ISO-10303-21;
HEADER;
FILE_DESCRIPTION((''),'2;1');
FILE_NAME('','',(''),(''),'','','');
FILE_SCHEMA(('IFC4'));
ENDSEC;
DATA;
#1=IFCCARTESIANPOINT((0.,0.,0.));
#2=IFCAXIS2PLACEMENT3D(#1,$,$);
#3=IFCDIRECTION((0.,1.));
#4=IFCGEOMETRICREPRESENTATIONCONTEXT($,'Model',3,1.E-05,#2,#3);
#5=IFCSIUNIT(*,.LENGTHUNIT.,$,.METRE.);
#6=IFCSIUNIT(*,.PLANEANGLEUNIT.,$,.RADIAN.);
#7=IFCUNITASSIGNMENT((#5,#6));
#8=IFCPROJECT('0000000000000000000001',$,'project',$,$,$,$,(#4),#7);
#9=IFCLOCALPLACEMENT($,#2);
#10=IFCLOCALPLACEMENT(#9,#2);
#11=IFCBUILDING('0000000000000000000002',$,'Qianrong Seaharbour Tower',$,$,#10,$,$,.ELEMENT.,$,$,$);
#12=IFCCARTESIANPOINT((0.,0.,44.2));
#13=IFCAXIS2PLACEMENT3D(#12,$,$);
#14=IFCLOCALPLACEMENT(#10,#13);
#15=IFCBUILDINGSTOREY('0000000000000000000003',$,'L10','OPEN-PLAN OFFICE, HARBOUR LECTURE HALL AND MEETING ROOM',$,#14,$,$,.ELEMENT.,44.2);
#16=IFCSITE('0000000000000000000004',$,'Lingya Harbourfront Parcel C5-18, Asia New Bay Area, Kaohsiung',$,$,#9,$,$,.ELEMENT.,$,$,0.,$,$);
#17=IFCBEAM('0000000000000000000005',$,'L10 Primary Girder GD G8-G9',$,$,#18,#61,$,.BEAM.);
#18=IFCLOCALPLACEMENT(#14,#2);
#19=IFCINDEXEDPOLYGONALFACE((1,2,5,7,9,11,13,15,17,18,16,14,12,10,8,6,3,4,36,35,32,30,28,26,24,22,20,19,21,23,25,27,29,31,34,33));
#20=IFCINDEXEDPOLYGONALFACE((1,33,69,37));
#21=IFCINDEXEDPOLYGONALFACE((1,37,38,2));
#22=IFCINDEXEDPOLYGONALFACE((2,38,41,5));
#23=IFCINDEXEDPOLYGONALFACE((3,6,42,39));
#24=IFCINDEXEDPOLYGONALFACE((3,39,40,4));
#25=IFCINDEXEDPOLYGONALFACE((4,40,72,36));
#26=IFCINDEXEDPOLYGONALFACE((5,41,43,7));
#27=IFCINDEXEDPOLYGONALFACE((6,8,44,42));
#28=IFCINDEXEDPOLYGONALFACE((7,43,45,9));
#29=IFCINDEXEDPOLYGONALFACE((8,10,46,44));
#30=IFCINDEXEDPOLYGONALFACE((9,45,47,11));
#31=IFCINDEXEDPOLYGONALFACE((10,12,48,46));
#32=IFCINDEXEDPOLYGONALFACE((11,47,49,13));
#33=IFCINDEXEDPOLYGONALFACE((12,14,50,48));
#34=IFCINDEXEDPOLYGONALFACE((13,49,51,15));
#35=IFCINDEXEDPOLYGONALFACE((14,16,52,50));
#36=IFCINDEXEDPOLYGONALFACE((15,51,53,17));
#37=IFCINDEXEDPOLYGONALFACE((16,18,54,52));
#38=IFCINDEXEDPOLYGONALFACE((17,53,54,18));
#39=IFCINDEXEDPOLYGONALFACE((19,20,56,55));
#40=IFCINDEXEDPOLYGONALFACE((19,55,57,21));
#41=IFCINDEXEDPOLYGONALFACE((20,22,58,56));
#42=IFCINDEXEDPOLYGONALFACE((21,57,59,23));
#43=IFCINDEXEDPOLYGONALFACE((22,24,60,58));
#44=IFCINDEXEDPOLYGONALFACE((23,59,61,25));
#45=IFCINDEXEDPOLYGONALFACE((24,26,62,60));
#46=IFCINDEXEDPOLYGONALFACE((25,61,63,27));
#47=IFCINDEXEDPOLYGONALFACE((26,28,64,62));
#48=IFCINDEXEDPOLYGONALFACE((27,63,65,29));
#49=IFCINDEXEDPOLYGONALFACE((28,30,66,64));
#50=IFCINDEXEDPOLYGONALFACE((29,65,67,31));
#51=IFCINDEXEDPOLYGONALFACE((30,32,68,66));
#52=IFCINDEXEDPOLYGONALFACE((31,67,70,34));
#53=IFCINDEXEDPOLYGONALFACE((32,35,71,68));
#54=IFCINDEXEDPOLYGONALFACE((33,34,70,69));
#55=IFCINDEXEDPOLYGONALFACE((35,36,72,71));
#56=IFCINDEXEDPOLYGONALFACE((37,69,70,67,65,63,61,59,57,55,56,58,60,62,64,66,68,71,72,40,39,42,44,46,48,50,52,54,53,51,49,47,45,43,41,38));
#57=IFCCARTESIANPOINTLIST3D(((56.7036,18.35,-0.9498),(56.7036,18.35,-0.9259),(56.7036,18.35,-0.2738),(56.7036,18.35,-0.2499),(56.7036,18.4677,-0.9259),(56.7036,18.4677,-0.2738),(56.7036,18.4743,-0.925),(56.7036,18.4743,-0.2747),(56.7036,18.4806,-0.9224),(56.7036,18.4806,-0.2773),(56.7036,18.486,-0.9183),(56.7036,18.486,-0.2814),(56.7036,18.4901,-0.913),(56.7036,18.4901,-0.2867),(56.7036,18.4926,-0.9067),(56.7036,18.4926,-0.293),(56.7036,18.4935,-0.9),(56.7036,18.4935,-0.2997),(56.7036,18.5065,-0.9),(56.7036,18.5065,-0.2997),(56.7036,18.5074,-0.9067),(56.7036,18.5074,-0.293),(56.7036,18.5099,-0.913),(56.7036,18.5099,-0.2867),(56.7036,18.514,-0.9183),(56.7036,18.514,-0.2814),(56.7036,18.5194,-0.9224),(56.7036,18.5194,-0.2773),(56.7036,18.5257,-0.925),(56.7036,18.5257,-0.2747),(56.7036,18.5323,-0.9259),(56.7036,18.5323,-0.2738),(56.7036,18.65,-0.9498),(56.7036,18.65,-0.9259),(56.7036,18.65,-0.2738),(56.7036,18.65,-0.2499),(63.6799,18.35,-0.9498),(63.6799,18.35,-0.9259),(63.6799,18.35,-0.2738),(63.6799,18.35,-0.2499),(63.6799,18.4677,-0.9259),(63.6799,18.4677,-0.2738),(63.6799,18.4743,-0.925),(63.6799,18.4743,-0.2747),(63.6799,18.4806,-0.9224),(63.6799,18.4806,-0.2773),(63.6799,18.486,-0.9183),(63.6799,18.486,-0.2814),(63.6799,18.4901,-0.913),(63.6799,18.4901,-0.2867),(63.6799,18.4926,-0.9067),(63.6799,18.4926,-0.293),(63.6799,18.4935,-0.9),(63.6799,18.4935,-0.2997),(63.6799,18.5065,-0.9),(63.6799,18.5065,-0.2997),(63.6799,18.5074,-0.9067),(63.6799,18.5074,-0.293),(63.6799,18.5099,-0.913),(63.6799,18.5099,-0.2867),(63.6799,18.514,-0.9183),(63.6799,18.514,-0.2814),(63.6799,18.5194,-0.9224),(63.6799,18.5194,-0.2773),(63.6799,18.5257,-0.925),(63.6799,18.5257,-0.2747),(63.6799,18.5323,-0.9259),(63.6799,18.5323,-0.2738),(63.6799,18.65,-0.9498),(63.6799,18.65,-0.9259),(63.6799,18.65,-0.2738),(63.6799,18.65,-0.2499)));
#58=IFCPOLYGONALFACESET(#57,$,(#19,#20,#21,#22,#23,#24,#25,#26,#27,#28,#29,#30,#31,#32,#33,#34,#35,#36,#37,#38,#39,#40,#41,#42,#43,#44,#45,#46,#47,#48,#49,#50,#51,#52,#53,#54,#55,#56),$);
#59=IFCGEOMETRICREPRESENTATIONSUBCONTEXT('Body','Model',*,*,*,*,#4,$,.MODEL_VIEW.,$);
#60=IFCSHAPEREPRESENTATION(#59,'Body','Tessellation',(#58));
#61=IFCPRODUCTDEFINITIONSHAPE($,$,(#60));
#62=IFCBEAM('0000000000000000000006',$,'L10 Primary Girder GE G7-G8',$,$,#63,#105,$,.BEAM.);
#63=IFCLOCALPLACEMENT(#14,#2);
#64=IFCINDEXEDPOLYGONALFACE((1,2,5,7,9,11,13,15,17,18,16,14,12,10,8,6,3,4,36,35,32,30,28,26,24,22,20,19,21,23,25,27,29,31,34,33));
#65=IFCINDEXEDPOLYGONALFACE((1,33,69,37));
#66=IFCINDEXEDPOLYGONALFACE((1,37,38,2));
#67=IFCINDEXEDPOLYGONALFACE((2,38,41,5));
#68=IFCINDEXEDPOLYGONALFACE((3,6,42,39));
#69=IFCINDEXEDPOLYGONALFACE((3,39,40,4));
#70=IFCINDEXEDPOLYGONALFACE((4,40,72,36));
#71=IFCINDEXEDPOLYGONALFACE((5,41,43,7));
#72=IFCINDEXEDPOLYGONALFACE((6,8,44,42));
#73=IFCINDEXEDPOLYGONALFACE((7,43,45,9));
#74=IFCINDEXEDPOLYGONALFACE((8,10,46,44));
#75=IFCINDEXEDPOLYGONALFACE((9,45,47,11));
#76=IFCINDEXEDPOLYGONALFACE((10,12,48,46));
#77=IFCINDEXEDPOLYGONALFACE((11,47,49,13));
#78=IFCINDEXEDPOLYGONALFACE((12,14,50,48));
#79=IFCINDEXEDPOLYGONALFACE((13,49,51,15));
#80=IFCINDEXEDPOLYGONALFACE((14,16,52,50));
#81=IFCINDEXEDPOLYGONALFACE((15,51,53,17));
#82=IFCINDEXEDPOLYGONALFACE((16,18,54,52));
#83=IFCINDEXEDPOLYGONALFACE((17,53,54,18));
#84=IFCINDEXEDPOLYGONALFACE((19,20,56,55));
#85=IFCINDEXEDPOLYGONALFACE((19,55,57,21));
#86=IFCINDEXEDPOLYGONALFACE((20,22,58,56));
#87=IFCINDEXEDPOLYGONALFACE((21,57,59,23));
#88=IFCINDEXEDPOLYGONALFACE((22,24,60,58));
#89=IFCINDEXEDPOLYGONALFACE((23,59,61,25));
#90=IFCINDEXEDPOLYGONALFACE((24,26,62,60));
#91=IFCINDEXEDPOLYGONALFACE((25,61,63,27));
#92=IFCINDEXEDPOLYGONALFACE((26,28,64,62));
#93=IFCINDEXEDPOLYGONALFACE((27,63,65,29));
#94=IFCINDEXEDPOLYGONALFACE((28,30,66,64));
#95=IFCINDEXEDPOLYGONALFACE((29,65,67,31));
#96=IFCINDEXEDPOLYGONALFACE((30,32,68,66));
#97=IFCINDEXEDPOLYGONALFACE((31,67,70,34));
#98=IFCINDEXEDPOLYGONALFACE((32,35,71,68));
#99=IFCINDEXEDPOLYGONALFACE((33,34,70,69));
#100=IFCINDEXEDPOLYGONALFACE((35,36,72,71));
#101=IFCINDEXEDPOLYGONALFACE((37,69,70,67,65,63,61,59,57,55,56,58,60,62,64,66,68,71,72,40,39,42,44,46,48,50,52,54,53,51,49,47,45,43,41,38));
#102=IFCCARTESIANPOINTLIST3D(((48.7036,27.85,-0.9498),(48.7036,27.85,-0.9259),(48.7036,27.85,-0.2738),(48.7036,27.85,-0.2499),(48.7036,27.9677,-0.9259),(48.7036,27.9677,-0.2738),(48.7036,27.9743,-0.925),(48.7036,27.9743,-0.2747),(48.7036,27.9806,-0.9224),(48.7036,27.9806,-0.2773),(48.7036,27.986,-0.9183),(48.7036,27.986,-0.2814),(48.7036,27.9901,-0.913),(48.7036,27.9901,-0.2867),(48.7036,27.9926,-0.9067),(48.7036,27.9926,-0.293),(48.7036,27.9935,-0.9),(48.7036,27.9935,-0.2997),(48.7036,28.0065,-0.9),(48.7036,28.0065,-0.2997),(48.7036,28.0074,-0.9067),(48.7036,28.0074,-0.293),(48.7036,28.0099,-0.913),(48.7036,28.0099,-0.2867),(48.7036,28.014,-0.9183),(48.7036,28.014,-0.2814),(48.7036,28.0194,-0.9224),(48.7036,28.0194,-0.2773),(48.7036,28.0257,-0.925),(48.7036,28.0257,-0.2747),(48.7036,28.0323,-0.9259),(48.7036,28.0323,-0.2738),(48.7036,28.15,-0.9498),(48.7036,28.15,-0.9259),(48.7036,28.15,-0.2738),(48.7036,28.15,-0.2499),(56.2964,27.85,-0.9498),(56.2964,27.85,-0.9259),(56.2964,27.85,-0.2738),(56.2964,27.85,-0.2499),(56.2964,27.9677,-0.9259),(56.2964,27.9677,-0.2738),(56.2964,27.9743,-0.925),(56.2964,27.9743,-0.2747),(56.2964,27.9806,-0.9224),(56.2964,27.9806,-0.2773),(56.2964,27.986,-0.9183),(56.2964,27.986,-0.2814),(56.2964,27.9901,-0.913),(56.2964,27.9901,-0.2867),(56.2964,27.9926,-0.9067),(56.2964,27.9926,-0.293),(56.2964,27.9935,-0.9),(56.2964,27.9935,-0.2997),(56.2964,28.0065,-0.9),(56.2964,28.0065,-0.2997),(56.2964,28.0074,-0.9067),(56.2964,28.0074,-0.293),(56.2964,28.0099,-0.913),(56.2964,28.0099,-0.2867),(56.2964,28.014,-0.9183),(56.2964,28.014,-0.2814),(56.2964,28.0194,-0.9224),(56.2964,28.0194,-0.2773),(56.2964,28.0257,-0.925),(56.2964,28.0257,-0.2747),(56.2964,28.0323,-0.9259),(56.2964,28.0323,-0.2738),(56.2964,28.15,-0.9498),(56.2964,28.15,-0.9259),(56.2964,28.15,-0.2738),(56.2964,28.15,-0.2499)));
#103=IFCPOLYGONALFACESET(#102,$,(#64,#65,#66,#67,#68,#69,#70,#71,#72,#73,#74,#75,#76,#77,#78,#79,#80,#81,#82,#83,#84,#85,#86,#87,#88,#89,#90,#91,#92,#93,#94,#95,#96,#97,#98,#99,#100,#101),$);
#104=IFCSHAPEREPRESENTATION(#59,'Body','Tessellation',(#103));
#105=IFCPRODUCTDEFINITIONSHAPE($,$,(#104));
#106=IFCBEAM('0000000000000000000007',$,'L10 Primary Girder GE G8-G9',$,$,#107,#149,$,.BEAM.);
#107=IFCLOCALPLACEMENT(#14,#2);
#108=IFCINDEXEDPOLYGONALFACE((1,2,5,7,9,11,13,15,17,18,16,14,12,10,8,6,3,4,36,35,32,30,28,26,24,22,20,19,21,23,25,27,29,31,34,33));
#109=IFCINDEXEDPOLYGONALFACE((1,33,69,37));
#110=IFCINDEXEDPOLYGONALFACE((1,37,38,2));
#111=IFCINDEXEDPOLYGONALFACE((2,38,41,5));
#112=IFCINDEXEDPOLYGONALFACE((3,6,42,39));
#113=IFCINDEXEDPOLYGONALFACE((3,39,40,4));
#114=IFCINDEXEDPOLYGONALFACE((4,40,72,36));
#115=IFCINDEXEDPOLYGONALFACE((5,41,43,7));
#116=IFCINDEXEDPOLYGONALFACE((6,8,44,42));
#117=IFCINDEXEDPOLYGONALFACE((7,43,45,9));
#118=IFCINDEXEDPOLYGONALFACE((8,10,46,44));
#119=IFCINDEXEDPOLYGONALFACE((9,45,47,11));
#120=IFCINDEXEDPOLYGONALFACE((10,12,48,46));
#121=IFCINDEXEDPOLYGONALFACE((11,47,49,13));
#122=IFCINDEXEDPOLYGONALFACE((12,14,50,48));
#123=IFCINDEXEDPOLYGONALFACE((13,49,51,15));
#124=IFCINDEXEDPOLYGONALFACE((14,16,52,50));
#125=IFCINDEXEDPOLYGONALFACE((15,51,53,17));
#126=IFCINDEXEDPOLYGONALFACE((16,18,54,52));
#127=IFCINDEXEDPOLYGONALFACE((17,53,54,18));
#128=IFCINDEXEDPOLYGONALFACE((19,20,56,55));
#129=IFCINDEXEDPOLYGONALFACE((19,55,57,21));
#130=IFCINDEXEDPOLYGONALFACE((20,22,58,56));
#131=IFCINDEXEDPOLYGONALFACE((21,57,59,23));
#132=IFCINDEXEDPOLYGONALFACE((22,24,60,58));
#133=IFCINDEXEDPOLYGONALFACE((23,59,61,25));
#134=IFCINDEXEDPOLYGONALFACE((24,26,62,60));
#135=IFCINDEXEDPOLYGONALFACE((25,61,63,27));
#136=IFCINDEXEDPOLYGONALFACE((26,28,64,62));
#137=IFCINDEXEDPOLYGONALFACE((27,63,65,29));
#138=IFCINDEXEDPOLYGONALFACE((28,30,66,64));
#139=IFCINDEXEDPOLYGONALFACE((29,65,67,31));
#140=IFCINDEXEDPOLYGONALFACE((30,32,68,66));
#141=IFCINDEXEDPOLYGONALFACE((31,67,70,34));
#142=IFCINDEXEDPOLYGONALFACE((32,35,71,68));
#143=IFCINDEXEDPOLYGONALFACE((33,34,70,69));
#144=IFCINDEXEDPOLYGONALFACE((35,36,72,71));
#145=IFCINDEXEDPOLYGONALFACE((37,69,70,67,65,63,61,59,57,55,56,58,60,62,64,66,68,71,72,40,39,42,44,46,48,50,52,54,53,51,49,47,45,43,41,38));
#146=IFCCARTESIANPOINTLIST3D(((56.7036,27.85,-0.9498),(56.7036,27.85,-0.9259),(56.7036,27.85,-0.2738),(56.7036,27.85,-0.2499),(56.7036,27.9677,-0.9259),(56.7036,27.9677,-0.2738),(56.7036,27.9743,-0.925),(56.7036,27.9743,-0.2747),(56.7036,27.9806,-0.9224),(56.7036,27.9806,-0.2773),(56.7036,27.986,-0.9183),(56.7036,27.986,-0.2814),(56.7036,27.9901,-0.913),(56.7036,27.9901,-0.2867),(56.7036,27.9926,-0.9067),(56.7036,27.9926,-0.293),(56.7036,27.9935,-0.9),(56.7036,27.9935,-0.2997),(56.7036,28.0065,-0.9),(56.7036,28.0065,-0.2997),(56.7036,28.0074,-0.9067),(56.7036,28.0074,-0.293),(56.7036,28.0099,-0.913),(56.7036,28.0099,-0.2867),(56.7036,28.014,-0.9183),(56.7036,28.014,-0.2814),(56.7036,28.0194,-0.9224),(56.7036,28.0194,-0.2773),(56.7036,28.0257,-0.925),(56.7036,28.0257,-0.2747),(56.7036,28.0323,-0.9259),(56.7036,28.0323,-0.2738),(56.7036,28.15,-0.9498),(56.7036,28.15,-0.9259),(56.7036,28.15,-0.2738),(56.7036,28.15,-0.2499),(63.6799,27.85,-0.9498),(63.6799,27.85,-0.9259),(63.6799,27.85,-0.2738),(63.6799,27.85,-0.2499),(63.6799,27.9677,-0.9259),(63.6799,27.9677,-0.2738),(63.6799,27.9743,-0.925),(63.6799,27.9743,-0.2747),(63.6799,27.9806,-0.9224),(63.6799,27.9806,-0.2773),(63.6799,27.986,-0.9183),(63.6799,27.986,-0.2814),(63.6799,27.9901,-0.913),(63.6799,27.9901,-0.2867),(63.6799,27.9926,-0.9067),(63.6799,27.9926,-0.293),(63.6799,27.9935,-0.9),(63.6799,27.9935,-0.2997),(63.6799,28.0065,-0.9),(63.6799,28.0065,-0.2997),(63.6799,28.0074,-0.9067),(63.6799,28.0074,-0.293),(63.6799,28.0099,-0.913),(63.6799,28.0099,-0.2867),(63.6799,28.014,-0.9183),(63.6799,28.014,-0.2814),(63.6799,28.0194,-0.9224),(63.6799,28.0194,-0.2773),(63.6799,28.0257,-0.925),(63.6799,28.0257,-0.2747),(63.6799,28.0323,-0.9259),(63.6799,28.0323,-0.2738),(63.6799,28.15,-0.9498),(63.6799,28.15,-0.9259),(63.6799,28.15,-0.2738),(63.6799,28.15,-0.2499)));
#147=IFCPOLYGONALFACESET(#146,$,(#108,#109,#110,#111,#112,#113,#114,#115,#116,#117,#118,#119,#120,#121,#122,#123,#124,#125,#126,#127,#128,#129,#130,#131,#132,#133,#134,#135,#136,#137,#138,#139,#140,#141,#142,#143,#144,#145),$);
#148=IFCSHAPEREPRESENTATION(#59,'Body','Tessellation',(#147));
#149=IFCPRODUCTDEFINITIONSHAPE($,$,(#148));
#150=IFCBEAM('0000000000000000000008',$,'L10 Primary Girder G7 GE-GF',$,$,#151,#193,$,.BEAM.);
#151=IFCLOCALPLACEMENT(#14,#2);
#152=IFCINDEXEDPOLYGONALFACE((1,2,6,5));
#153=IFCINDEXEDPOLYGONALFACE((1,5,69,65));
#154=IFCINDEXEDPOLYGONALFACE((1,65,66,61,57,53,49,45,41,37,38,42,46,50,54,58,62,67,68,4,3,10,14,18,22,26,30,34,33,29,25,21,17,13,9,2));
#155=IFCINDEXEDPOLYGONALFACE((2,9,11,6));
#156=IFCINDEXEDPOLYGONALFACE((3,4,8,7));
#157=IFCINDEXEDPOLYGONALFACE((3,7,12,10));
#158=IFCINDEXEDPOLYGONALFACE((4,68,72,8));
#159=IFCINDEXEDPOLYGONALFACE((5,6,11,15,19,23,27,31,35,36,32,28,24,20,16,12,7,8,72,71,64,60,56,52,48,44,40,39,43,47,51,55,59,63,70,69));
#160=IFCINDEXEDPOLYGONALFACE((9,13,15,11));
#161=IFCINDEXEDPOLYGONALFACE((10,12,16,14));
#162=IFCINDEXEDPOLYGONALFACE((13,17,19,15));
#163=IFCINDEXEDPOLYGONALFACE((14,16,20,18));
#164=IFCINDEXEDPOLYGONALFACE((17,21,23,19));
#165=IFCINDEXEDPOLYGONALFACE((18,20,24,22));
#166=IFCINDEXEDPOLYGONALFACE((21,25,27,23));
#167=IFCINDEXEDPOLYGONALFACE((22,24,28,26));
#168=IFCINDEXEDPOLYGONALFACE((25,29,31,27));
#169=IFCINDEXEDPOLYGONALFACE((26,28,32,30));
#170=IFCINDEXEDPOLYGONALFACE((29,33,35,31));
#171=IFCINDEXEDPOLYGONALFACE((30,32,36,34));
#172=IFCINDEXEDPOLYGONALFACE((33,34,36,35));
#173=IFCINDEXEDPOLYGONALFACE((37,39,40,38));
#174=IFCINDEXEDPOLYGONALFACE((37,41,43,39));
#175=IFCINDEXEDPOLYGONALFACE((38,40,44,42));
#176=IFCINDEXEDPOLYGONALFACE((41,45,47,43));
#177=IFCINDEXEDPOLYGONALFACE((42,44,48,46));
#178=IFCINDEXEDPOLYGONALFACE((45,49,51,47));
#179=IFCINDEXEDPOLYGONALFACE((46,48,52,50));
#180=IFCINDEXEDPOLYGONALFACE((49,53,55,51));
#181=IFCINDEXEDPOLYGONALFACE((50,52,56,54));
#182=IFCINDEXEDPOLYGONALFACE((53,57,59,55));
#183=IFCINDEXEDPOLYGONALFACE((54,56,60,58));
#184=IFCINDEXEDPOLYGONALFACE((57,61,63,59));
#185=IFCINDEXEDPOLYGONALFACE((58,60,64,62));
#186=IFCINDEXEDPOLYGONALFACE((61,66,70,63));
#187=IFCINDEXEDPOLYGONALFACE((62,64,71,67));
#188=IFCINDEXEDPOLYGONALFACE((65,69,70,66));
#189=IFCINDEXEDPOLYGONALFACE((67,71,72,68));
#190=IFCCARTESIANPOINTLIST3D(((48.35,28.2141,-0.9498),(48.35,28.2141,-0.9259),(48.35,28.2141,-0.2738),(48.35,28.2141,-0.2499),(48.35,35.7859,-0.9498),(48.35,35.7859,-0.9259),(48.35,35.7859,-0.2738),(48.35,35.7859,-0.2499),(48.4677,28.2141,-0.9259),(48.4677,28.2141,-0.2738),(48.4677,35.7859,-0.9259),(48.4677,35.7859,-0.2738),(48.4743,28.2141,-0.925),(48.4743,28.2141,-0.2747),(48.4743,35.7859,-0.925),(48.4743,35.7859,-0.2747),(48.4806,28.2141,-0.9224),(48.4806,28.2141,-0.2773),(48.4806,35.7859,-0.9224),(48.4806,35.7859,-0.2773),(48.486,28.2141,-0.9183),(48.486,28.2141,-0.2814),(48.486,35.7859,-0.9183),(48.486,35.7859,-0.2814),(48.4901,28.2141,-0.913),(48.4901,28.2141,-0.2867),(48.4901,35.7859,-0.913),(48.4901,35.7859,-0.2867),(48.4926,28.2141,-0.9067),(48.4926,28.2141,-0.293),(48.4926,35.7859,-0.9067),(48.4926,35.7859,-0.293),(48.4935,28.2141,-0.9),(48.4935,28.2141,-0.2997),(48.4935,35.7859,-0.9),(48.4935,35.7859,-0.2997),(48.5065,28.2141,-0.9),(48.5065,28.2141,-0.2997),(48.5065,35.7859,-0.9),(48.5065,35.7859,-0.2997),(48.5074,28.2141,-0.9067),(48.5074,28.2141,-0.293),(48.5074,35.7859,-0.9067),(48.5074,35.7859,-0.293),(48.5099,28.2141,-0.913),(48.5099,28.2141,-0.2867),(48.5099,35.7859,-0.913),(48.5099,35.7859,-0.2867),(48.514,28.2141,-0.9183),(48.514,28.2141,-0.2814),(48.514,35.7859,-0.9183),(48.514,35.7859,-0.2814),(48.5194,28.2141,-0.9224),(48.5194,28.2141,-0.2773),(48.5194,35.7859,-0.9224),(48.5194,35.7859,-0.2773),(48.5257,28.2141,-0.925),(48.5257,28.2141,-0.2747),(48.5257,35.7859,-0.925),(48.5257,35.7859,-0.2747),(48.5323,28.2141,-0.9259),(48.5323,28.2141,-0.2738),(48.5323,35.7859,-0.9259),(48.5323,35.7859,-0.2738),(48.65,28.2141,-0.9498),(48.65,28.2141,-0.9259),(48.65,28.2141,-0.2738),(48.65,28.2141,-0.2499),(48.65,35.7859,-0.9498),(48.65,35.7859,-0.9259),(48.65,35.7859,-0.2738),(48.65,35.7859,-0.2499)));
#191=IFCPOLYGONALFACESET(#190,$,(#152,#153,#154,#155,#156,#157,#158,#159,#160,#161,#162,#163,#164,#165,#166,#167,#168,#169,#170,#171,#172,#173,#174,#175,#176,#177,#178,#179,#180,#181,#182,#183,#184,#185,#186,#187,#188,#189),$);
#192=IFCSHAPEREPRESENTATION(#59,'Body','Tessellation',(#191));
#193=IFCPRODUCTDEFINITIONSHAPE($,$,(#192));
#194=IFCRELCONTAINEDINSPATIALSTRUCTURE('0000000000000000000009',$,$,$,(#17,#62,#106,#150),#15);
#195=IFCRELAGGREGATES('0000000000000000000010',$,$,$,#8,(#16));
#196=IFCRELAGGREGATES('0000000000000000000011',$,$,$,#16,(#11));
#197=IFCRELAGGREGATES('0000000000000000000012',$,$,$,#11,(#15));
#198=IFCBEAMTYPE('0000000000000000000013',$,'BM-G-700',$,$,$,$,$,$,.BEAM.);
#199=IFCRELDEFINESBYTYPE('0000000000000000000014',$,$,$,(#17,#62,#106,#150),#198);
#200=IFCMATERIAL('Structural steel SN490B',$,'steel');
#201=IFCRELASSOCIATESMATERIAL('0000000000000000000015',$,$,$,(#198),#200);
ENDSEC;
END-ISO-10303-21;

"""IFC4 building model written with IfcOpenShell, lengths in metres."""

from ifc_helpers import new_model, si_unit, direction, frame, origin, origin_2d, place, context, subcontext, project, spatial, i_section, extrude, material, material_profile, profile_set, type_object, element, save


model = new_model("IFC4")

# Units and contexts
model_context = context("Model", 3, precision=1e-05, world=origin(), true_north=direction((0.0, 1.0)))
body_context = subcontext(model_context, "Body", "Model", "MODEL_VIEW")
ifc_project = project(units=[si_unit("LENGTHUNIT", "METRE"), si_unit("PLANEANGLEUNIT", "RADIAN")], contexts=[model_context])

# Site, building, storey
site_placement = place(None, origin())
site = spatial("IfcSite", under=ifc_project, at=site_placement, Name="Lingya Harbourfront Parcel C5-18, Asia New Bay Area, Kaohsiung", CompositionType="ELEMENT", RefElevation=0.0)
building_placement = place(site_placement, origin())
building = spatial("IfcBuilding", under=site, at=building_placement, Name="Qianrong Seaharbour Tower", CompositionType="ELEMENT")
storey_placement = place(building_placement, frame((0.0, 0.0, 44.2)))
storey = spatial("IfcBuildingStorey", under=building, at=storey_placement, Name="L10", Description="OPEN-PLAN OFFICE, HARBOUR LECTURE HALL AND MEETING ROOM", CompositionType="ELEMENT", Elevation=44.2)

# Shared definitions
ifc_material_1 = material(Name="Structural steel SN490B", Category="steel")

# Beams
ifc_material_profile_1 = material_profile(ifc_material_1, i_section(OverallWidth=0.3, OverallDepth=0.7, WebThickness=0.0129, FlangeThickness=0.0239, FilletRadius=0.0259, at=origin_2d()), Name="H700x300x13x24")
ifc_profile_set_1 = profile_set([ifc_material_profile_1], Name="Structural steel SN490B")
beam_type_1 = type_object("IfcBeamType", Name="BM-G-700", PredefinedType="BEAM", material=ifc_profile_set_1)
beam_1_placement = place(storey_placement, frame((56.7036, 18.5, -0.5999), z_axis=(1.0, 0.0, 0.0), x_axis=(0.0, 1.0, 0.0)))
element("IfcBeam", 1, at=beam_1_placement, inside=storey, type_object=beam_type_1, Name="L10 Primary Girder GD G8-G9", PredefinedType="BEAM", context=body_context, shape_type="SweptSolid", body=[
    extrude(i_section(OverallWidth=0.3, OverallDepth=0.7, WebThickness=0.0129, FlangeThickness=0.0239, FilletRadius=0.0259, at=origin_2d()), origin(), (0.0, 0.0, 1.0), 6.9763),
])
beam_2_placement = place(storey_placement, frame((48.7036, 28.0, -0.5999), z_axis=(1.0, 0.0, 0.0), x_axis=(0.0, 1.0, 0.0)))
element("IfcBeam", 2, at=beam_2_placement, inside=storey, type_object=beam_type_1, Name="L10 Primary Girder GE G7-G8", PredefinedType="BEAM", context=body_context, shape_type="SweptSolid", body=[
    extrude(i_section(OverallWidth=0.3, OverallDepth=0.7, WebThickness=0.0129, FlangeThickness=0.0239, FilletRadius=0.0259, at=origin_2d()), origin(), (0.0, 0.0, 1.0), 7.5928),
])
beam_3_placement = place(storey_placement, frame((56.7036, 28.0, -0.5999), z_axis=(1.0, 0.0, 0.0), x_axis=(0.0, 1.0, 0.0)))
element("IfcBeam", 3, at=beam_3_placement, inside=storey, type_object=beam_type_1, Name="L10 Primary Girder GE G8-G9", PredefinedType="BEAM", context=body_context, shape_type="SweptSolid", body=[
    extrude(i_section(OverallWidth=0.3, OverallDepth=0.7, WebThickness=0.0129, FlangeThickness=0.0239, FilletRadius=0.0259, at=origin_2d()), origin(), (0.0, 0.0, 1.0), 6.9763),
])
for number, where, z_axis, x_axis, name in (
    (4, (48.5, 28.2141, -0.5999), (0.0, 1.0, 0.0), (-1.0, 0.0, 0.0), "L10 Primary Girder G7 GE-GF"),
):
    element("IfcBeam", number, at=place(storey_placement, frame(where, z_axis=z_axis, x_axis=x_axis)), inside=storey, type_object=beam_type_1, Name=name, PredefinedType="BEAM", context=body_context, shape_type="SweptSolid", body=[
        extrude(i_section(OverallWidth=0.3, OverallDepth=0.7, WebThickness=0.0129, FlangeThickness=0.0239, FilletRadius=0.0259, at=origin_2d()), origin(), (0.0, 0.0, 1.0), 7.5718),
    ])

save(model, "model.ifc")
